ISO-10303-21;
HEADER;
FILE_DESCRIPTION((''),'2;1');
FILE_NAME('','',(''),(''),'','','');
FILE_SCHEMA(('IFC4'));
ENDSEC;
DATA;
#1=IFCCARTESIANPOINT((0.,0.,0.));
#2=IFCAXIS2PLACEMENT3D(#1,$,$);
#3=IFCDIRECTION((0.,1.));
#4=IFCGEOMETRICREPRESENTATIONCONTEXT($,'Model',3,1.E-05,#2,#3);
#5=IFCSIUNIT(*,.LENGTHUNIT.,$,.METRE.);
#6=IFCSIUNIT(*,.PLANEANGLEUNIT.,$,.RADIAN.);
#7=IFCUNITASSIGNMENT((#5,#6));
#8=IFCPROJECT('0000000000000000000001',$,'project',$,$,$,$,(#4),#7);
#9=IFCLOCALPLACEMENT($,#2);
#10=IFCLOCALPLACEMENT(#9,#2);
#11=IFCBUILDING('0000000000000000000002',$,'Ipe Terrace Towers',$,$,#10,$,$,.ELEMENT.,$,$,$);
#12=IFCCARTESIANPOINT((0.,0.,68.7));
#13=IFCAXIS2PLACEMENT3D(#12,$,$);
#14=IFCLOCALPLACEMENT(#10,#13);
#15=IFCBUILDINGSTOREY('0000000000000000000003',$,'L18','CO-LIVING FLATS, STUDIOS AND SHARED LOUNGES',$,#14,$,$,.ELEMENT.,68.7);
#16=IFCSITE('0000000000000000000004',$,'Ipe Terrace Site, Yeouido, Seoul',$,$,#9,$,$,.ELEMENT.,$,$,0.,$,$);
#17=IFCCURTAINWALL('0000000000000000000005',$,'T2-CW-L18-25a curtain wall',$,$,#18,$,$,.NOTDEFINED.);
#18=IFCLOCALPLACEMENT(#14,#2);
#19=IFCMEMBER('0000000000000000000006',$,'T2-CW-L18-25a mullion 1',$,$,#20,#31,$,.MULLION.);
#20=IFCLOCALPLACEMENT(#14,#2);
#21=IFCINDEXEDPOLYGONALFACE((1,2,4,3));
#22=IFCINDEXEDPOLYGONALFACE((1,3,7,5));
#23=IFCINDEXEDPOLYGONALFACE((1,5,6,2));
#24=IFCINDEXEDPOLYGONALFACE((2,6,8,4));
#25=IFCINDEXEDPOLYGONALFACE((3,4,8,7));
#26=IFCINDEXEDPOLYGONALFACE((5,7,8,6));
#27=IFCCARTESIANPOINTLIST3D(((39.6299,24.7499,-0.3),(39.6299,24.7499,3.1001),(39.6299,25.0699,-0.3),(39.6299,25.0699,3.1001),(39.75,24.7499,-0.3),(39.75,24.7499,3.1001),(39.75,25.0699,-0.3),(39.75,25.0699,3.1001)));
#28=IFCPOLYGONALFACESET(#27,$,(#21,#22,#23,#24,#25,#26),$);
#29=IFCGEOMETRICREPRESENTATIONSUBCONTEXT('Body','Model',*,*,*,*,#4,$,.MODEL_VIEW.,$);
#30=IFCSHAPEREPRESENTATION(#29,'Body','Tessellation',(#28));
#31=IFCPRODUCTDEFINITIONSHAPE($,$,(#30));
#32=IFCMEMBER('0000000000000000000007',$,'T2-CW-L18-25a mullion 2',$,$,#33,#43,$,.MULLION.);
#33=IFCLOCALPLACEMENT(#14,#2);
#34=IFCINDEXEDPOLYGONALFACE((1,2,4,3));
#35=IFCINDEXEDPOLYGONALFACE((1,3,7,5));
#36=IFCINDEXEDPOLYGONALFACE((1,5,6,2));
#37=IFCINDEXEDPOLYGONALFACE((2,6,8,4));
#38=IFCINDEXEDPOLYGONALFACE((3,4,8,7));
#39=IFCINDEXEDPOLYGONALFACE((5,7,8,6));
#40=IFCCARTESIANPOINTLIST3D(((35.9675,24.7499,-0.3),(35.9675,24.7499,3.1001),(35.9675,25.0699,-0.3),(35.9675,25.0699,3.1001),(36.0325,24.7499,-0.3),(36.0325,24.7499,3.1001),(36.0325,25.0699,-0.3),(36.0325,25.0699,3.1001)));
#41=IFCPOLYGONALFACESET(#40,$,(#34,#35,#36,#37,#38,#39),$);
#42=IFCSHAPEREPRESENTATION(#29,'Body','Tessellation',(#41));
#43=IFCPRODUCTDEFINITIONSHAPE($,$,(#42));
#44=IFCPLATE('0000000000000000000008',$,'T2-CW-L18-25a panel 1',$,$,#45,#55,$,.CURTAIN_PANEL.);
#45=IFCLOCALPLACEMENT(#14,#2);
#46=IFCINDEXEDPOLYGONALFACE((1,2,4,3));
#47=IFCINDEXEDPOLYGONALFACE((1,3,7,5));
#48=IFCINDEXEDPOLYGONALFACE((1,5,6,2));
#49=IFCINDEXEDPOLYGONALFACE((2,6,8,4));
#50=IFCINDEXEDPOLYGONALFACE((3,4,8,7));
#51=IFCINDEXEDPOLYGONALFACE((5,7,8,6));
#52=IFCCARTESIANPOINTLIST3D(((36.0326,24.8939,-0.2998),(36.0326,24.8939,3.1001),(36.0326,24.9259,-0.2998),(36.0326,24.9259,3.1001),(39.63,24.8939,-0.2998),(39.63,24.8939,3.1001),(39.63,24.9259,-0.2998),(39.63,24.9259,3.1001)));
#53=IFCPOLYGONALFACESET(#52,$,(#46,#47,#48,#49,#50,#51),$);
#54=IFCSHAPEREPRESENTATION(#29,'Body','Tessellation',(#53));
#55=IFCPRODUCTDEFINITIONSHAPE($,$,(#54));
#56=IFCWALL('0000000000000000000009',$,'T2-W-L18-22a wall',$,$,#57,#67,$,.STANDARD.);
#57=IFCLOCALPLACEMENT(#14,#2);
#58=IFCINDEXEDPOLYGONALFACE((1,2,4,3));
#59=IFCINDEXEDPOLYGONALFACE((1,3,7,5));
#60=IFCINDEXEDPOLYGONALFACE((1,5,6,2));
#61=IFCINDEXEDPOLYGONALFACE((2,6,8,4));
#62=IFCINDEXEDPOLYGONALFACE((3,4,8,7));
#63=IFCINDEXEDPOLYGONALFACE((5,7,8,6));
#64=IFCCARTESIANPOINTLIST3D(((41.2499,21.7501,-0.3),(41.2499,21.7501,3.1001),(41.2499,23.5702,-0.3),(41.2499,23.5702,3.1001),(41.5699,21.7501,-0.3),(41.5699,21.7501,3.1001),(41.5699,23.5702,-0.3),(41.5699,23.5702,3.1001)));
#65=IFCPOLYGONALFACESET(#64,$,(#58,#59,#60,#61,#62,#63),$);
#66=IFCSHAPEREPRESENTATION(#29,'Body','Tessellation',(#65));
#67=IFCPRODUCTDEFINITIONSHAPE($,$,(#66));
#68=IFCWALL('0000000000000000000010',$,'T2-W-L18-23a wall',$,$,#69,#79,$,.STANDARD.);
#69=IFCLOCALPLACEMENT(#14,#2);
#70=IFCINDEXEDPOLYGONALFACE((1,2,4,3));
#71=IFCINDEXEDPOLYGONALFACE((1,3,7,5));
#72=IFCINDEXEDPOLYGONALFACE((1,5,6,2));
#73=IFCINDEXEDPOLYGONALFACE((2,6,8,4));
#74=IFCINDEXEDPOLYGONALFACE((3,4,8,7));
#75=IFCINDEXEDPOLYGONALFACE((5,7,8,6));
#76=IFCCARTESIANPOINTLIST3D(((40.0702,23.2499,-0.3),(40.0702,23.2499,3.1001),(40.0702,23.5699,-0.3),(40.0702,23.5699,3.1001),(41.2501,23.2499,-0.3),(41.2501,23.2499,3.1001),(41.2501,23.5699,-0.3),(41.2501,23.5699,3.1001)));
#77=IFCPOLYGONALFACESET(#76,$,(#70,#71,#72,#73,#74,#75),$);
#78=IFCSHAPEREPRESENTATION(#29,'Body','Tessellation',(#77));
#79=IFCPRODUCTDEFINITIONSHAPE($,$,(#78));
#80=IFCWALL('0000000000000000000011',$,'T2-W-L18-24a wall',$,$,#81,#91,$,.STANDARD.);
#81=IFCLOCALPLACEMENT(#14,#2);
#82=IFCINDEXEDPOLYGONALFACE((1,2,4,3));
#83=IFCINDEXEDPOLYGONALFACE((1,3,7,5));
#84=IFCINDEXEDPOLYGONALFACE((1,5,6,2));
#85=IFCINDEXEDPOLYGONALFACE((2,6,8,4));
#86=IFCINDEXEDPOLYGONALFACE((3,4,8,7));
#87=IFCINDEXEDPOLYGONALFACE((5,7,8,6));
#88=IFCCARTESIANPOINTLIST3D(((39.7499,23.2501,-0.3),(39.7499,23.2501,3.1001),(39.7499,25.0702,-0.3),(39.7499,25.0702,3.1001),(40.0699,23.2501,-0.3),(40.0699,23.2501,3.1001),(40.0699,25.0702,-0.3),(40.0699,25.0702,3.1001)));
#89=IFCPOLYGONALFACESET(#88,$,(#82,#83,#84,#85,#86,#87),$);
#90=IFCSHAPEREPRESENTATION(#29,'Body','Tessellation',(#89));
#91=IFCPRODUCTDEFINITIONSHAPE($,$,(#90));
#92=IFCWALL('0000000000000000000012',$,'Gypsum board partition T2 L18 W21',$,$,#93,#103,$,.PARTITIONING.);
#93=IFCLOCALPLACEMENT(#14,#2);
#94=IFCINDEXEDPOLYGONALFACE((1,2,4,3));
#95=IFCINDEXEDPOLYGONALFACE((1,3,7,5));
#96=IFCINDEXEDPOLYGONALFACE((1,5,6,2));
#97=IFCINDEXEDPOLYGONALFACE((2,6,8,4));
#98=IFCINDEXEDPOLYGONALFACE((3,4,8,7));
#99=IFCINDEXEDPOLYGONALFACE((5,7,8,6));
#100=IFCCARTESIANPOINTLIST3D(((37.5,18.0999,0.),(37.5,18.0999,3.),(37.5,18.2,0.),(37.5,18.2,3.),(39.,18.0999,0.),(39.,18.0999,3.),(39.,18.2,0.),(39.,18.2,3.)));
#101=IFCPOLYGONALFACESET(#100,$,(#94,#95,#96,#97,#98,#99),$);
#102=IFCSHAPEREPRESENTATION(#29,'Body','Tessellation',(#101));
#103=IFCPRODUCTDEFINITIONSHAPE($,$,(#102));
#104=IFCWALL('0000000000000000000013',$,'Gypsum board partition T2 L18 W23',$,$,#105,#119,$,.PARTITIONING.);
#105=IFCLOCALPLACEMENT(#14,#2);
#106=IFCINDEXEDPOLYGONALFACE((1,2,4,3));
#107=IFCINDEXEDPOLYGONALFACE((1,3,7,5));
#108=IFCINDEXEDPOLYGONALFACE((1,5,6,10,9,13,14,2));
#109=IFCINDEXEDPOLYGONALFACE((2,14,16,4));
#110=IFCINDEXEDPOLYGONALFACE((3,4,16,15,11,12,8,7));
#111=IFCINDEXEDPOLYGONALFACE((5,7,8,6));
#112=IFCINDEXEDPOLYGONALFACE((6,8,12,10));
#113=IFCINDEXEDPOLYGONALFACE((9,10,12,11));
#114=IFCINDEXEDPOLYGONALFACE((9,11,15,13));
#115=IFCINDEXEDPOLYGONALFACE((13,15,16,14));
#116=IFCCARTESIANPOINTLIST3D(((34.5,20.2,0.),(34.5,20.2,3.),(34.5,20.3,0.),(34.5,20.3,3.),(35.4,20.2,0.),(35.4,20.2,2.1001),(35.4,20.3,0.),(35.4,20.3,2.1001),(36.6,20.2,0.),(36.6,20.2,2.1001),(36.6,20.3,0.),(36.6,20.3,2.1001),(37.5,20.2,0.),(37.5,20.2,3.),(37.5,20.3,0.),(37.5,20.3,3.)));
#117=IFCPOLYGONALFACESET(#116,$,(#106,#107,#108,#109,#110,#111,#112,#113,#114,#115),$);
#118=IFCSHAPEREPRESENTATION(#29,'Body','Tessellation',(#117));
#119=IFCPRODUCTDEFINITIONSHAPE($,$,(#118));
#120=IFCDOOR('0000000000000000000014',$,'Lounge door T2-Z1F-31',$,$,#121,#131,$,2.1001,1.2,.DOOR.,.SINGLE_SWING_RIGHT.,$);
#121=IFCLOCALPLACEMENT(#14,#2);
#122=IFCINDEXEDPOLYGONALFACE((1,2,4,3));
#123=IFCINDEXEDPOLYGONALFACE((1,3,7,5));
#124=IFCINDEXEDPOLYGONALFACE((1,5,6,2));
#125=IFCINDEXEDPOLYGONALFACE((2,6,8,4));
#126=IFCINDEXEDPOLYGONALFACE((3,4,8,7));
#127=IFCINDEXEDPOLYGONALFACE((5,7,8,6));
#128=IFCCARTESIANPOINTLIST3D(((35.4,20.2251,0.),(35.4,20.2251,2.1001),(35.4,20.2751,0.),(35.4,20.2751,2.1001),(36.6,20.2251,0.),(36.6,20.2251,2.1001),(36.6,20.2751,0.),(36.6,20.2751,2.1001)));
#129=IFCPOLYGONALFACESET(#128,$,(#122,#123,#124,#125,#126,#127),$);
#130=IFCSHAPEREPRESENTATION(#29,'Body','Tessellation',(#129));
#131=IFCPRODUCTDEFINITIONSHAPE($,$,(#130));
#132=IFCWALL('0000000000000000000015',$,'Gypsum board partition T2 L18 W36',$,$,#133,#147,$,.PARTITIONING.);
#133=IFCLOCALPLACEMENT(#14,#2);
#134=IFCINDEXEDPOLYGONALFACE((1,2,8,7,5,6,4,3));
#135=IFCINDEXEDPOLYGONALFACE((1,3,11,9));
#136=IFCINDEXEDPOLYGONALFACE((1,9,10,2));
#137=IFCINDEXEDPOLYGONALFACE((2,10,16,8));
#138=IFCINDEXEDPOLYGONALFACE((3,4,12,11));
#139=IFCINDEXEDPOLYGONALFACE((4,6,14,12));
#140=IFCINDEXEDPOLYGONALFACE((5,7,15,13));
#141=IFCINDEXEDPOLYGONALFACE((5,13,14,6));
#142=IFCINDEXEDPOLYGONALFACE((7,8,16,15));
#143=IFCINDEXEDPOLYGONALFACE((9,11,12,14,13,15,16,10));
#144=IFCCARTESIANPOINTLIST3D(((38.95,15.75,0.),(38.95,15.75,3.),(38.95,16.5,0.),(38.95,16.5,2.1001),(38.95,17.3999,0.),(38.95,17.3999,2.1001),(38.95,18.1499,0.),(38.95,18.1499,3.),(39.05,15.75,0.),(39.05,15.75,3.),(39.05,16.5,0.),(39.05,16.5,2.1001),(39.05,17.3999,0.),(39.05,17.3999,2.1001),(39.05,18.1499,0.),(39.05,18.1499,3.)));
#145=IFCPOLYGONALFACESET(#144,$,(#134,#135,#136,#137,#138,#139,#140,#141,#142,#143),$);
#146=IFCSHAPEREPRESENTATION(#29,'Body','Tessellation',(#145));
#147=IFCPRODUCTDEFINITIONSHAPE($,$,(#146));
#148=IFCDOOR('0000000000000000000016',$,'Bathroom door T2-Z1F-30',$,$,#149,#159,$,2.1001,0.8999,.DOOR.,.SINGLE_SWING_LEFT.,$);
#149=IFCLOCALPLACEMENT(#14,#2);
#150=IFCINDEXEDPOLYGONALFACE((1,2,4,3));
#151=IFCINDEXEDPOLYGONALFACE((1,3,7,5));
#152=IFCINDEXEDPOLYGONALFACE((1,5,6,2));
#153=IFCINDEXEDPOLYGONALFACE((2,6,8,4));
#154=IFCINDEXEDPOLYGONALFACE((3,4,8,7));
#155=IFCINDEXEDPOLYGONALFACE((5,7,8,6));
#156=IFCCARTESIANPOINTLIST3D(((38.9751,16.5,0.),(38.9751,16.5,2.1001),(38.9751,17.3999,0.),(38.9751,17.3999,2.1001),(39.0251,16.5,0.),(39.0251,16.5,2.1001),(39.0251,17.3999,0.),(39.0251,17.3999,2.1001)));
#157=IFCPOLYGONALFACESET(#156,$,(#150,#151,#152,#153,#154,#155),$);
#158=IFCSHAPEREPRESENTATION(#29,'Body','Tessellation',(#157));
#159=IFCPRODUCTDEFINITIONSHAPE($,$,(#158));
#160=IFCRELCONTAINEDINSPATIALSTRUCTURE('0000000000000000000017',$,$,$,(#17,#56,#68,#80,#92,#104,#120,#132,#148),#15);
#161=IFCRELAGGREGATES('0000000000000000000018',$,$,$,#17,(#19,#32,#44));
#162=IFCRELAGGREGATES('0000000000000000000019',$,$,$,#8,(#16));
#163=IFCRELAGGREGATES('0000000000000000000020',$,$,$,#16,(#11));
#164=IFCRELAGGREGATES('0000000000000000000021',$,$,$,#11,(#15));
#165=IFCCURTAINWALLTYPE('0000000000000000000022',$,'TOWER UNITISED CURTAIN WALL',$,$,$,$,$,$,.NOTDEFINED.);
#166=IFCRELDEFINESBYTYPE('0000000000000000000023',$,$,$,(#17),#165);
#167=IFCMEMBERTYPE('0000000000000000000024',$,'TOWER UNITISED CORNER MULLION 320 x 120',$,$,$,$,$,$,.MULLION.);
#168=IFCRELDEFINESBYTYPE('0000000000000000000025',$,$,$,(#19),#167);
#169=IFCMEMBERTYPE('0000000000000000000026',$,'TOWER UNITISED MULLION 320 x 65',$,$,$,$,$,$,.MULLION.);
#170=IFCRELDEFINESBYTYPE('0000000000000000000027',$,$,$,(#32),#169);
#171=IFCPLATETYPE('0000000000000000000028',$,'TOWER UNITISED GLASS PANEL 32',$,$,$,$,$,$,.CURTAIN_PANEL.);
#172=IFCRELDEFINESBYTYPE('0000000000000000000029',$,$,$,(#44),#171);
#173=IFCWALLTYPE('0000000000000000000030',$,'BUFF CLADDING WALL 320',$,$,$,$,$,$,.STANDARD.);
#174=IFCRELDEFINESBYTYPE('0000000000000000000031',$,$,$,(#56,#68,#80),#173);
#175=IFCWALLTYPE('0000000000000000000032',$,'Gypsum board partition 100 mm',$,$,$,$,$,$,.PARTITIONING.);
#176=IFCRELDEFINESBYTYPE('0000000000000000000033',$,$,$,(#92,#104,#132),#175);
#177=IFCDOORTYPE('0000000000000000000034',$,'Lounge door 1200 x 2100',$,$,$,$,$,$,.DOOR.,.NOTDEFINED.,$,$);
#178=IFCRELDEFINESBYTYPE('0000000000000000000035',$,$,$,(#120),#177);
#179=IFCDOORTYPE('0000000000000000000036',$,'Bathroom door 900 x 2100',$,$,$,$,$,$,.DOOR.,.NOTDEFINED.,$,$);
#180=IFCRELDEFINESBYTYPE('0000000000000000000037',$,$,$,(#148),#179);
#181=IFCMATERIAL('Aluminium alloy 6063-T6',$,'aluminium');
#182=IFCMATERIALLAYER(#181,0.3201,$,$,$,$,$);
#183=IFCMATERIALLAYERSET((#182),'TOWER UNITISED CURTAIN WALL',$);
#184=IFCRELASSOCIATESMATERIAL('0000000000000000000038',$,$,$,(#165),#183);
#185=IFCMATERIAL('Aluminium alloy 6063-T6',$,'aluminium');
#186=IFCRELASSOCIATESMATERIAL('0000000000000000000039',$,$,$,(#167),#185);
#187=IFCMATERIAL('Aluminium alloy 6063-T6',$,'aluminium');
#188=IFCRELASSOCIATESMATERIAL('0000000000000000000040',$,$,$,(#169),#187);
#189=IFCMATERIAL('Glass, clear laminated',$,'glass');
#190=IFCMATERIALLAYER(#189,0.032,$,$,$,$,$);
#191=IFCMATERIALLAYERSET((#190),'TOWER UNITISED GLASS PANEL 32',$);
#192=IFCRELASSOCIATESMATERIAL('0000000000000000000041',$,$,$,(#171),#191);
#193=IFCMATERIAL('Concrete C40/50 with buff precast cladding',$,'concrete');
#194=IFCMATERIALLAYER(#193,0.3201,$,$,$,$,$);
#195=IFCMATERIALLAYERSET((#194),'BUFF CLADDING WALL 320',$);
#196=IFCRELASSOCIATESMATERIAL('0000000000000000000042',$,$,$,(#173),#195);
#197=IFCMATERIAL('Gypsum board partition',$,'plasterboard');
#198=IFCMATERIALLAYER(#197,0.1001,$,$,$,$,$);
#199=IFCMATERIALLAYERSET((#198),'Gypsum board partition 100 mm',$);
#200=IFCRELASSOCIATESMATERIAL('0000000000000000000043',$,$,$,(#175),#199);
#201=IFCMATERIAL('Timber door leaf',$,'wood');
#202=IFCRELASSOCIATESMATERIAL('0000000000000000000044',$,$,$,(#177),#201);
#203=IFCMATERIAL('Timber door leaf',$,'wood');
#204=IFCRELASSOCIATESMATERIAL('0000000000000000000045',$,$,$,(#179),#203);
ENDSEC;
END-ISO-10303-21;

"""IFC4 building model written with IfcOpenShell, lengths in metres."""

from ifc_helpers import new_model, si_unit, direction, frame, frame_2d, origin, origin_2d, place, context, subcontext, project, spatial, rectangle, extrude, material, layer, layer_set, material_profile, profile_set, type_object, element, fill, aggregate, save


model = new_model("IFC4")

# Units and contexts
model_context = context("Model", 3, precision=1e-05, world=origin(), true_north=direction((0.0, 1.0)))
body_context = subcontext(model_context, "Body", "Model", "MODEL_VIEW")
ifc_project = project(units=[si_unit("LENGTHUNIT", "METRE"), si_unit("PLANEANGLEUNIT", "RADIAN")], contexts=[model_context])

# Site, building, storey
site_placement = place(None, origin())
site = spatial("IfcSite", under=ifc_project, at=site_placement, Name="Ipe Terrace Site, Yeouido, Seoul", CompositionType="ELEMENT", RefElevation=0.0)
building_placement = place(site_placement, origin())
building = spatial("IfcBuilding", under=site, at=building_placement, Name="Ipe Terrace Towers", CompositionType="ELEMENT")
storey_placement = place(building_placement, frame((0.0, 0.0, 68.7)))
storey = spatial("IfcBuildingStorey", under=building, at=storey_placement, Name="L18", Description="CO-LIVING FLATS, STUDIOS AND SHARED LOUNGES", CompositionType="ELEMENT", Elevation=68.7)

# Curtain wall, members, plate
ifc_material_1 = material(Name="Aluminium alloy 6063-T6", Category="aluminium")
ifc_layer_1 = layer(ifc_material_1, 0.3201)
ifc_layer_set_1 = layer_set([ifc_layer_1], Name="TOWER UNITISED CURTAIN WALL")
curtain_wall_type = type_object("IfcCurtainWallType", Name="TOWER UNITISED CURTAIN WALL", PredefinedType="NOTDEFINED", material=ifc_layer_set_1)
curtain_wall_placement = place(storey_placement, origin())
curtain_wall = element("IfcCurtainWall", 1, at=curtain_wall_placement, inside=storey, type_object=curtain_wall_type, Name="T2-CW-L18-25a curtain wall", PredefinedType="NOTDEFINED")
ifc_material_2 = material(Name="Aluminium alloy 6063-T6", Category="aluminium")
ifc_material_profile_1 = material_profile(ifc_material_2, rectangle(XDim=0.3201, YDim=0.1201, at=origin_2d()), Name="TOWER UNITISED CORNER MULLION 320 x 120")
ifc_profile_set_1 = profile_set([ifc_material_profile_1], Name="Aluminium alloy 6063-T6")
member_type_1 = type_object("IfcMemberType", Name="TOWER UNITISED CORNER MULLION 320 x 120", PredefinedType="MULLION", material=ifc_profile_set_1)
member_1_placement = place(storey_placement, frame((39.6899, 24.9099, -0.3), z_axis=(0.0, 0.0, 1.0), x_axis=(0.0, 1.0, 0.0)))
member_1 = element("IfcMember", 2, at=member_1_placement, type_object=member_type_1, Name="T2-CW-L18-25a mullion 1", PredefinedType="MULLION", context=body_context, shape_type="SweptSolid", body=[
    extrude(rectangle(XDim=0.3201, YDim=0.1201, at=origin_2d()), origin(), (0.0, 0.0, 1.0), 3.4001),
])
ifc_material_3 = material(Name="Aluminium alloy 6063-T6", Category="aluminium")
ifc_material_profile_2 = material_profile(ifc_material_3, rectangle(XDim=0.3201, YDim=0.0649, at=origin_2d()), Name="TOWER UNITISED MULLION 320 x 65")
ifc_profile_set_2 = profile_set([ifc_material_profile_2], Name="Aluminium alloy 6063-T6")
member_type_2 = type_object("IfcMemberType", Name="TOWER UNITISED MULLION 320 x 65", PredefinedType="MULLION", material=ifc_profile_set_2)
member_2_placement = place(storey_placement, frame((36.0, 24.9099, -0.3), z_axis=(0.0, 0.0, 1.0), x_axis=(0.0, 1.0, 0.0)))
member_2 = element("IfcMember", 3, at=member_2_placement, type_object=member_type_2, Name="T2-CW-L18-25a mullion 2", PredefinedType="MULLION", context=body_context, shape_type="SweptSolid", body=[
    extrude(rectangle(XDim=0.3201, YDim=0.0649, at=origin_2d()), origin(), (0.0, 0.0, 1.0), 3.4001),
])
ifc_material_4 = material(Name="Glass, clear laminated", Category="glass")
ifc_layer_2 = layer(ifc_material_4, 0.032)
ifc_layer_set_2 = layer_set([ifc_layer_2], Name="TOWER UNITISED GLASS PANEL 32")
plate_type = type_object("IfcPlateType", Name="TOWER UNITISED GLASS PANEL 32", PredefinedType="CURTAIN_PANEL", material=ifc_layer_set_2)
plate_placement = place(storey_placement, frame((37.8313, 24.9099, -0.2998), z_axis=(0.0, 0.0, 1.0), x_axis=(-1.0, 0.0, 0.0)))
plate = element("IfcPlate", 4, at=plate_placement, type_object=plate_type, Name="T2-CW-L18-25a panel 1", PredefinedType="CURTAIN_PANEL", context=body_context, shape_type="SweptSolid", body=[
    extrude(rectangle(XDim=3.5974, YDim=0.032, at=origin_2d()), origin(), (0.0, 0.0, 1.0), 3.3999),
])
aggregate(curtain_wall, [member_1, member_2, plate])

# Walls
ifc_material_5 = material(Name="Concrete C40/50 with buff precast cladding", Category="concrete")
ifc_layer_3 = layer(ifc_material_5, 0.3201)
ifc_layer_set_3 = layer_set([ifc_layer_3], Name="BUFF CLADDING WALL 320")
wall_type_1 = type_object("IfcWallType", Name="BUFF CLADDING WALL 320", PredefinedType="STANDARD", material=ifc_layer_set_3)
wall_1_placement = place(storey_placement, frame((41.4099, 21.75, -0.3), z_axis=(0.0, 0.0, 1.0), x_axis=(0.0, 1.0, 0.0)))
element("IfcWall", 5, at=wall_1_placement, inside=storey, type_object=wall_type_1, Name="T2-W-L18-22a wall", PredefinedType="STANDARD", context=body_context, shape_type="SweptSolid", body=[
    extrude(rectangle(XDim=1.8201, YDim=0.3201, at=frame_2d((0.9102, 0.0))), origin(), (0.0, 0.0, 1.0), 3.4001),
])
wall_2_placement = place(storey_placement, frame((41.25, 23.4099, -0.3), z_axis=(0.0, 0.0, 1.0), x_axis=(-1.0, 0.0, 0.0)))
element("IfcWall", 6, at=wall_2_placement, inside=storey, type_object=wall_type_1, Name="T2-W-L18-23a wall", PredefinedType="STANDARD", context=body_context, shape_type="SweptSolid", body=[
    extrude(rectangle(XDim=1.1799, YDim=0.3201, at=frame_2d((0.5898, 0.0))), origin(), (0.0, 0.0, 1.0), 3.4001),
])
wall_3_placement = place(storey_placement, frame((39.9099, 23.25, -0.3), z_axis=(0.0, 0.0, 1.0), x_axis=(0.0, 1.0, 0.0)))
element("IfcWall", 7, at=wall_3_placement, inside=storey, type_object=wall_type_1, Name="T2-W-L18-24a wall", PredefinedType="STANDARD", context=body_context, shape_type="SweptSolid", body=[
    extrude(rectangle(XDim=1.8201, YDim=0.3201, at=frame_2d((0.9102, 0.0))), origin(), (0.0, 0.0, 1.0), 3.4001),
])
ifc_material_6 = material(Name="Gypsum board partition", Category="plasterboard")
ifc_layer_4 = layer(ifc_material_6, 0.1001)
ifc_layer_set_4 = layer_set([ifc_layer_4], Name="Gypsum board partition 100 mm")
wall_type_2 = type_object("IfcWallType", Name="Gypsum board partition 100 mm", PredefinedType="PARTITIONING", material=ifc_layer_set_4)
wall_4_placement = place(storey_placement, frame((39.0, 18.1499, 0.0), z_axis=(0.0, 0.0, 1.0), x_axis=(-1.0, 0.0, 0.0)))
element("IfcWall", 8, at=wall_4_placement, inside=storey, type_object=wall_type_2, Name="Gypsum board partition T2 L18 W21", PredefinedType="PARTITIONING", context=body_context, shape_type="SweptSolid", body=[
    extrude(rectangle(XDim=1.5, YDim=0.1001, at=frame_2d((0.75, 0.0))), origin(), (0.0, 0.0, 1.0), 3.0),
])

# Walls, openings, doors
wall_5_placement = place(storey_placement, frame((37.5, 20.25, 0.0), z_axis=(0.0, 0.0, 1.0), x_axis=(-1.0, 0.0, 0.0)))
wall_5 = element("IfcWall", 9, at=wall_5_placement, inside=storey, type_object=wall_type_2, Name="Gypsum board partition T2 L18 W23", PredefinedType="PARTITIONING", context=body_context, shape_type="SweptSolid", body=[
    extrude(rectangle(XDim=3.0, YDim=0.1001, at=frame_2d((1.5, 0.0))), origin(), (0.0, 0.0, 1.0), 3.0),
])
opening_1_placement = place(wall_5_placement, frame((0.8999, 0.0, 0.0)))
opening_1 = element("IfcOpeningElement", 10, at=opening_1_placement, cuts=wall_5, PredefinedType="OPENING", context=body_context, shape_type="SweptSolid", body=[
    extrude(rectangle(XDim=1.2, YDim=2.1001, at=frame_2d((0.6001, 1.05))), frame((0.0, 0.0601, 0.0), z_axis=(0.0, -1.0, 0.0), x_axis=(1.0, 0.0, 0.0)), (0.0, 0.0, 1.0), 0.1201),
])
ifc_material_7 = material(Name="Timber door leaf", Category="wood")
door_type_1 = type_object("IfcDoorType", Name="Lounge door 1200 x 2100", OperationType="NOTDEFINED", PredefinedType="DOOR", material=ifc_material_7)
door_1_placement = place(opening_1_placement, origin())
door_1 = element("IfcDoor", 11, at=door_1_placement, inside=storey, type_object=door_type_1, Name="Lounge door T2-Z1F-31", OperationType="SINGLE_SWING_RIGHT", OverallHeight=2.1001, OverallWidth=1.2, PredefinedType="DOOR", context=body_context, shape_type="SweptSolid", body=[
    extrude(rectangle(XDim=1.2, YDim=2.1001, at=frame_2d((0.6001, 1.05))), frame((0.0, 0.0249, 0.0), z_axis=(0.0, -1.0, 0.0), x_axis=(1.0, 0.0, 0.0)), (0.0, 0.0, 1.0), 0.05),
])
fill(opening_1, door_1)
wall_6_placement = place(storey_placement, frame((39.0, 15.75, 0.0), z_axis=(0.0, 0.0, 1.0), x_axis=(0.0, 1.0, 0.0)))
wall_6 = element("IfcWall", 12, at=wall_6_placement, inside=storey, type_object=wall_type_2, Name="Gypsum board partition T2 L18 W36", PredefinedType="PARTITIONING", context=body_context, shape_type="SweptSolid", body=[
    extrude(rectangle(XDim=2.3999, YDim=0.1001, at=frame_2d((1.2, 0.0))), origin(), (0.0, 0.0, 1.0), 3.0),
])
opening_2_placement = place(wall_6_placement, frame((0.75, 0.0, 0.0)))
opening_2 = element("IfcOpeningElement", 13, at=opening_2_placement, cuts=wall_6, PredefinedType="OPENING", context=body_context, shape_type="SweptSolid", body=[
    extrude(rectangle(XDim=0.8999, YDim=2.1001, at=frame_2d((0.45, 1.05))), frame((0.0, 0.0601, 0.0), z_axis=(0.0, -1.0, 0.0), x_axis=(1.0, 0.0, 0.0)), (0.0, 0.0, 1.0), 0.1201),
])
ifc_material_8 = material(Name="Timber door leaf", Category="wood")
door_type_2 = type_object("IfcDoorType", Name="Bathroom door 900 x 2100", OperationType="NOTDEFINED", PredefinedType="DOOR", material=ifc_material_8)
door_2_placement = place(opening_2_placement, origin())
door_2 = element("IfcDoor", 14, at=door_2_placement, inside=storey, type_object=door_type_2, Name="Bathroom door T2-Z1F-30", OperationType="SINGLE_SWING_LEFT", OverallHeight=2.1001, OverallWidth=0.8999, PredefinedType="DOOR", context=body_context, shape_type="SweptSolid", body=[
    extrude(rectangle(XDim=0.8999, YDim=2.1001, at=frame_2d((0.45, 1.05))), frame((0.0, 0.0249, 0.0), z_axis=(0.0, -1.0, 0.0), x_axis=(1.0, 0.0, 0.0)), (0.0, 0.0, 1.0), 0.05),
])
fill(opening_2, door_2)

save(model, "model.ifc")
